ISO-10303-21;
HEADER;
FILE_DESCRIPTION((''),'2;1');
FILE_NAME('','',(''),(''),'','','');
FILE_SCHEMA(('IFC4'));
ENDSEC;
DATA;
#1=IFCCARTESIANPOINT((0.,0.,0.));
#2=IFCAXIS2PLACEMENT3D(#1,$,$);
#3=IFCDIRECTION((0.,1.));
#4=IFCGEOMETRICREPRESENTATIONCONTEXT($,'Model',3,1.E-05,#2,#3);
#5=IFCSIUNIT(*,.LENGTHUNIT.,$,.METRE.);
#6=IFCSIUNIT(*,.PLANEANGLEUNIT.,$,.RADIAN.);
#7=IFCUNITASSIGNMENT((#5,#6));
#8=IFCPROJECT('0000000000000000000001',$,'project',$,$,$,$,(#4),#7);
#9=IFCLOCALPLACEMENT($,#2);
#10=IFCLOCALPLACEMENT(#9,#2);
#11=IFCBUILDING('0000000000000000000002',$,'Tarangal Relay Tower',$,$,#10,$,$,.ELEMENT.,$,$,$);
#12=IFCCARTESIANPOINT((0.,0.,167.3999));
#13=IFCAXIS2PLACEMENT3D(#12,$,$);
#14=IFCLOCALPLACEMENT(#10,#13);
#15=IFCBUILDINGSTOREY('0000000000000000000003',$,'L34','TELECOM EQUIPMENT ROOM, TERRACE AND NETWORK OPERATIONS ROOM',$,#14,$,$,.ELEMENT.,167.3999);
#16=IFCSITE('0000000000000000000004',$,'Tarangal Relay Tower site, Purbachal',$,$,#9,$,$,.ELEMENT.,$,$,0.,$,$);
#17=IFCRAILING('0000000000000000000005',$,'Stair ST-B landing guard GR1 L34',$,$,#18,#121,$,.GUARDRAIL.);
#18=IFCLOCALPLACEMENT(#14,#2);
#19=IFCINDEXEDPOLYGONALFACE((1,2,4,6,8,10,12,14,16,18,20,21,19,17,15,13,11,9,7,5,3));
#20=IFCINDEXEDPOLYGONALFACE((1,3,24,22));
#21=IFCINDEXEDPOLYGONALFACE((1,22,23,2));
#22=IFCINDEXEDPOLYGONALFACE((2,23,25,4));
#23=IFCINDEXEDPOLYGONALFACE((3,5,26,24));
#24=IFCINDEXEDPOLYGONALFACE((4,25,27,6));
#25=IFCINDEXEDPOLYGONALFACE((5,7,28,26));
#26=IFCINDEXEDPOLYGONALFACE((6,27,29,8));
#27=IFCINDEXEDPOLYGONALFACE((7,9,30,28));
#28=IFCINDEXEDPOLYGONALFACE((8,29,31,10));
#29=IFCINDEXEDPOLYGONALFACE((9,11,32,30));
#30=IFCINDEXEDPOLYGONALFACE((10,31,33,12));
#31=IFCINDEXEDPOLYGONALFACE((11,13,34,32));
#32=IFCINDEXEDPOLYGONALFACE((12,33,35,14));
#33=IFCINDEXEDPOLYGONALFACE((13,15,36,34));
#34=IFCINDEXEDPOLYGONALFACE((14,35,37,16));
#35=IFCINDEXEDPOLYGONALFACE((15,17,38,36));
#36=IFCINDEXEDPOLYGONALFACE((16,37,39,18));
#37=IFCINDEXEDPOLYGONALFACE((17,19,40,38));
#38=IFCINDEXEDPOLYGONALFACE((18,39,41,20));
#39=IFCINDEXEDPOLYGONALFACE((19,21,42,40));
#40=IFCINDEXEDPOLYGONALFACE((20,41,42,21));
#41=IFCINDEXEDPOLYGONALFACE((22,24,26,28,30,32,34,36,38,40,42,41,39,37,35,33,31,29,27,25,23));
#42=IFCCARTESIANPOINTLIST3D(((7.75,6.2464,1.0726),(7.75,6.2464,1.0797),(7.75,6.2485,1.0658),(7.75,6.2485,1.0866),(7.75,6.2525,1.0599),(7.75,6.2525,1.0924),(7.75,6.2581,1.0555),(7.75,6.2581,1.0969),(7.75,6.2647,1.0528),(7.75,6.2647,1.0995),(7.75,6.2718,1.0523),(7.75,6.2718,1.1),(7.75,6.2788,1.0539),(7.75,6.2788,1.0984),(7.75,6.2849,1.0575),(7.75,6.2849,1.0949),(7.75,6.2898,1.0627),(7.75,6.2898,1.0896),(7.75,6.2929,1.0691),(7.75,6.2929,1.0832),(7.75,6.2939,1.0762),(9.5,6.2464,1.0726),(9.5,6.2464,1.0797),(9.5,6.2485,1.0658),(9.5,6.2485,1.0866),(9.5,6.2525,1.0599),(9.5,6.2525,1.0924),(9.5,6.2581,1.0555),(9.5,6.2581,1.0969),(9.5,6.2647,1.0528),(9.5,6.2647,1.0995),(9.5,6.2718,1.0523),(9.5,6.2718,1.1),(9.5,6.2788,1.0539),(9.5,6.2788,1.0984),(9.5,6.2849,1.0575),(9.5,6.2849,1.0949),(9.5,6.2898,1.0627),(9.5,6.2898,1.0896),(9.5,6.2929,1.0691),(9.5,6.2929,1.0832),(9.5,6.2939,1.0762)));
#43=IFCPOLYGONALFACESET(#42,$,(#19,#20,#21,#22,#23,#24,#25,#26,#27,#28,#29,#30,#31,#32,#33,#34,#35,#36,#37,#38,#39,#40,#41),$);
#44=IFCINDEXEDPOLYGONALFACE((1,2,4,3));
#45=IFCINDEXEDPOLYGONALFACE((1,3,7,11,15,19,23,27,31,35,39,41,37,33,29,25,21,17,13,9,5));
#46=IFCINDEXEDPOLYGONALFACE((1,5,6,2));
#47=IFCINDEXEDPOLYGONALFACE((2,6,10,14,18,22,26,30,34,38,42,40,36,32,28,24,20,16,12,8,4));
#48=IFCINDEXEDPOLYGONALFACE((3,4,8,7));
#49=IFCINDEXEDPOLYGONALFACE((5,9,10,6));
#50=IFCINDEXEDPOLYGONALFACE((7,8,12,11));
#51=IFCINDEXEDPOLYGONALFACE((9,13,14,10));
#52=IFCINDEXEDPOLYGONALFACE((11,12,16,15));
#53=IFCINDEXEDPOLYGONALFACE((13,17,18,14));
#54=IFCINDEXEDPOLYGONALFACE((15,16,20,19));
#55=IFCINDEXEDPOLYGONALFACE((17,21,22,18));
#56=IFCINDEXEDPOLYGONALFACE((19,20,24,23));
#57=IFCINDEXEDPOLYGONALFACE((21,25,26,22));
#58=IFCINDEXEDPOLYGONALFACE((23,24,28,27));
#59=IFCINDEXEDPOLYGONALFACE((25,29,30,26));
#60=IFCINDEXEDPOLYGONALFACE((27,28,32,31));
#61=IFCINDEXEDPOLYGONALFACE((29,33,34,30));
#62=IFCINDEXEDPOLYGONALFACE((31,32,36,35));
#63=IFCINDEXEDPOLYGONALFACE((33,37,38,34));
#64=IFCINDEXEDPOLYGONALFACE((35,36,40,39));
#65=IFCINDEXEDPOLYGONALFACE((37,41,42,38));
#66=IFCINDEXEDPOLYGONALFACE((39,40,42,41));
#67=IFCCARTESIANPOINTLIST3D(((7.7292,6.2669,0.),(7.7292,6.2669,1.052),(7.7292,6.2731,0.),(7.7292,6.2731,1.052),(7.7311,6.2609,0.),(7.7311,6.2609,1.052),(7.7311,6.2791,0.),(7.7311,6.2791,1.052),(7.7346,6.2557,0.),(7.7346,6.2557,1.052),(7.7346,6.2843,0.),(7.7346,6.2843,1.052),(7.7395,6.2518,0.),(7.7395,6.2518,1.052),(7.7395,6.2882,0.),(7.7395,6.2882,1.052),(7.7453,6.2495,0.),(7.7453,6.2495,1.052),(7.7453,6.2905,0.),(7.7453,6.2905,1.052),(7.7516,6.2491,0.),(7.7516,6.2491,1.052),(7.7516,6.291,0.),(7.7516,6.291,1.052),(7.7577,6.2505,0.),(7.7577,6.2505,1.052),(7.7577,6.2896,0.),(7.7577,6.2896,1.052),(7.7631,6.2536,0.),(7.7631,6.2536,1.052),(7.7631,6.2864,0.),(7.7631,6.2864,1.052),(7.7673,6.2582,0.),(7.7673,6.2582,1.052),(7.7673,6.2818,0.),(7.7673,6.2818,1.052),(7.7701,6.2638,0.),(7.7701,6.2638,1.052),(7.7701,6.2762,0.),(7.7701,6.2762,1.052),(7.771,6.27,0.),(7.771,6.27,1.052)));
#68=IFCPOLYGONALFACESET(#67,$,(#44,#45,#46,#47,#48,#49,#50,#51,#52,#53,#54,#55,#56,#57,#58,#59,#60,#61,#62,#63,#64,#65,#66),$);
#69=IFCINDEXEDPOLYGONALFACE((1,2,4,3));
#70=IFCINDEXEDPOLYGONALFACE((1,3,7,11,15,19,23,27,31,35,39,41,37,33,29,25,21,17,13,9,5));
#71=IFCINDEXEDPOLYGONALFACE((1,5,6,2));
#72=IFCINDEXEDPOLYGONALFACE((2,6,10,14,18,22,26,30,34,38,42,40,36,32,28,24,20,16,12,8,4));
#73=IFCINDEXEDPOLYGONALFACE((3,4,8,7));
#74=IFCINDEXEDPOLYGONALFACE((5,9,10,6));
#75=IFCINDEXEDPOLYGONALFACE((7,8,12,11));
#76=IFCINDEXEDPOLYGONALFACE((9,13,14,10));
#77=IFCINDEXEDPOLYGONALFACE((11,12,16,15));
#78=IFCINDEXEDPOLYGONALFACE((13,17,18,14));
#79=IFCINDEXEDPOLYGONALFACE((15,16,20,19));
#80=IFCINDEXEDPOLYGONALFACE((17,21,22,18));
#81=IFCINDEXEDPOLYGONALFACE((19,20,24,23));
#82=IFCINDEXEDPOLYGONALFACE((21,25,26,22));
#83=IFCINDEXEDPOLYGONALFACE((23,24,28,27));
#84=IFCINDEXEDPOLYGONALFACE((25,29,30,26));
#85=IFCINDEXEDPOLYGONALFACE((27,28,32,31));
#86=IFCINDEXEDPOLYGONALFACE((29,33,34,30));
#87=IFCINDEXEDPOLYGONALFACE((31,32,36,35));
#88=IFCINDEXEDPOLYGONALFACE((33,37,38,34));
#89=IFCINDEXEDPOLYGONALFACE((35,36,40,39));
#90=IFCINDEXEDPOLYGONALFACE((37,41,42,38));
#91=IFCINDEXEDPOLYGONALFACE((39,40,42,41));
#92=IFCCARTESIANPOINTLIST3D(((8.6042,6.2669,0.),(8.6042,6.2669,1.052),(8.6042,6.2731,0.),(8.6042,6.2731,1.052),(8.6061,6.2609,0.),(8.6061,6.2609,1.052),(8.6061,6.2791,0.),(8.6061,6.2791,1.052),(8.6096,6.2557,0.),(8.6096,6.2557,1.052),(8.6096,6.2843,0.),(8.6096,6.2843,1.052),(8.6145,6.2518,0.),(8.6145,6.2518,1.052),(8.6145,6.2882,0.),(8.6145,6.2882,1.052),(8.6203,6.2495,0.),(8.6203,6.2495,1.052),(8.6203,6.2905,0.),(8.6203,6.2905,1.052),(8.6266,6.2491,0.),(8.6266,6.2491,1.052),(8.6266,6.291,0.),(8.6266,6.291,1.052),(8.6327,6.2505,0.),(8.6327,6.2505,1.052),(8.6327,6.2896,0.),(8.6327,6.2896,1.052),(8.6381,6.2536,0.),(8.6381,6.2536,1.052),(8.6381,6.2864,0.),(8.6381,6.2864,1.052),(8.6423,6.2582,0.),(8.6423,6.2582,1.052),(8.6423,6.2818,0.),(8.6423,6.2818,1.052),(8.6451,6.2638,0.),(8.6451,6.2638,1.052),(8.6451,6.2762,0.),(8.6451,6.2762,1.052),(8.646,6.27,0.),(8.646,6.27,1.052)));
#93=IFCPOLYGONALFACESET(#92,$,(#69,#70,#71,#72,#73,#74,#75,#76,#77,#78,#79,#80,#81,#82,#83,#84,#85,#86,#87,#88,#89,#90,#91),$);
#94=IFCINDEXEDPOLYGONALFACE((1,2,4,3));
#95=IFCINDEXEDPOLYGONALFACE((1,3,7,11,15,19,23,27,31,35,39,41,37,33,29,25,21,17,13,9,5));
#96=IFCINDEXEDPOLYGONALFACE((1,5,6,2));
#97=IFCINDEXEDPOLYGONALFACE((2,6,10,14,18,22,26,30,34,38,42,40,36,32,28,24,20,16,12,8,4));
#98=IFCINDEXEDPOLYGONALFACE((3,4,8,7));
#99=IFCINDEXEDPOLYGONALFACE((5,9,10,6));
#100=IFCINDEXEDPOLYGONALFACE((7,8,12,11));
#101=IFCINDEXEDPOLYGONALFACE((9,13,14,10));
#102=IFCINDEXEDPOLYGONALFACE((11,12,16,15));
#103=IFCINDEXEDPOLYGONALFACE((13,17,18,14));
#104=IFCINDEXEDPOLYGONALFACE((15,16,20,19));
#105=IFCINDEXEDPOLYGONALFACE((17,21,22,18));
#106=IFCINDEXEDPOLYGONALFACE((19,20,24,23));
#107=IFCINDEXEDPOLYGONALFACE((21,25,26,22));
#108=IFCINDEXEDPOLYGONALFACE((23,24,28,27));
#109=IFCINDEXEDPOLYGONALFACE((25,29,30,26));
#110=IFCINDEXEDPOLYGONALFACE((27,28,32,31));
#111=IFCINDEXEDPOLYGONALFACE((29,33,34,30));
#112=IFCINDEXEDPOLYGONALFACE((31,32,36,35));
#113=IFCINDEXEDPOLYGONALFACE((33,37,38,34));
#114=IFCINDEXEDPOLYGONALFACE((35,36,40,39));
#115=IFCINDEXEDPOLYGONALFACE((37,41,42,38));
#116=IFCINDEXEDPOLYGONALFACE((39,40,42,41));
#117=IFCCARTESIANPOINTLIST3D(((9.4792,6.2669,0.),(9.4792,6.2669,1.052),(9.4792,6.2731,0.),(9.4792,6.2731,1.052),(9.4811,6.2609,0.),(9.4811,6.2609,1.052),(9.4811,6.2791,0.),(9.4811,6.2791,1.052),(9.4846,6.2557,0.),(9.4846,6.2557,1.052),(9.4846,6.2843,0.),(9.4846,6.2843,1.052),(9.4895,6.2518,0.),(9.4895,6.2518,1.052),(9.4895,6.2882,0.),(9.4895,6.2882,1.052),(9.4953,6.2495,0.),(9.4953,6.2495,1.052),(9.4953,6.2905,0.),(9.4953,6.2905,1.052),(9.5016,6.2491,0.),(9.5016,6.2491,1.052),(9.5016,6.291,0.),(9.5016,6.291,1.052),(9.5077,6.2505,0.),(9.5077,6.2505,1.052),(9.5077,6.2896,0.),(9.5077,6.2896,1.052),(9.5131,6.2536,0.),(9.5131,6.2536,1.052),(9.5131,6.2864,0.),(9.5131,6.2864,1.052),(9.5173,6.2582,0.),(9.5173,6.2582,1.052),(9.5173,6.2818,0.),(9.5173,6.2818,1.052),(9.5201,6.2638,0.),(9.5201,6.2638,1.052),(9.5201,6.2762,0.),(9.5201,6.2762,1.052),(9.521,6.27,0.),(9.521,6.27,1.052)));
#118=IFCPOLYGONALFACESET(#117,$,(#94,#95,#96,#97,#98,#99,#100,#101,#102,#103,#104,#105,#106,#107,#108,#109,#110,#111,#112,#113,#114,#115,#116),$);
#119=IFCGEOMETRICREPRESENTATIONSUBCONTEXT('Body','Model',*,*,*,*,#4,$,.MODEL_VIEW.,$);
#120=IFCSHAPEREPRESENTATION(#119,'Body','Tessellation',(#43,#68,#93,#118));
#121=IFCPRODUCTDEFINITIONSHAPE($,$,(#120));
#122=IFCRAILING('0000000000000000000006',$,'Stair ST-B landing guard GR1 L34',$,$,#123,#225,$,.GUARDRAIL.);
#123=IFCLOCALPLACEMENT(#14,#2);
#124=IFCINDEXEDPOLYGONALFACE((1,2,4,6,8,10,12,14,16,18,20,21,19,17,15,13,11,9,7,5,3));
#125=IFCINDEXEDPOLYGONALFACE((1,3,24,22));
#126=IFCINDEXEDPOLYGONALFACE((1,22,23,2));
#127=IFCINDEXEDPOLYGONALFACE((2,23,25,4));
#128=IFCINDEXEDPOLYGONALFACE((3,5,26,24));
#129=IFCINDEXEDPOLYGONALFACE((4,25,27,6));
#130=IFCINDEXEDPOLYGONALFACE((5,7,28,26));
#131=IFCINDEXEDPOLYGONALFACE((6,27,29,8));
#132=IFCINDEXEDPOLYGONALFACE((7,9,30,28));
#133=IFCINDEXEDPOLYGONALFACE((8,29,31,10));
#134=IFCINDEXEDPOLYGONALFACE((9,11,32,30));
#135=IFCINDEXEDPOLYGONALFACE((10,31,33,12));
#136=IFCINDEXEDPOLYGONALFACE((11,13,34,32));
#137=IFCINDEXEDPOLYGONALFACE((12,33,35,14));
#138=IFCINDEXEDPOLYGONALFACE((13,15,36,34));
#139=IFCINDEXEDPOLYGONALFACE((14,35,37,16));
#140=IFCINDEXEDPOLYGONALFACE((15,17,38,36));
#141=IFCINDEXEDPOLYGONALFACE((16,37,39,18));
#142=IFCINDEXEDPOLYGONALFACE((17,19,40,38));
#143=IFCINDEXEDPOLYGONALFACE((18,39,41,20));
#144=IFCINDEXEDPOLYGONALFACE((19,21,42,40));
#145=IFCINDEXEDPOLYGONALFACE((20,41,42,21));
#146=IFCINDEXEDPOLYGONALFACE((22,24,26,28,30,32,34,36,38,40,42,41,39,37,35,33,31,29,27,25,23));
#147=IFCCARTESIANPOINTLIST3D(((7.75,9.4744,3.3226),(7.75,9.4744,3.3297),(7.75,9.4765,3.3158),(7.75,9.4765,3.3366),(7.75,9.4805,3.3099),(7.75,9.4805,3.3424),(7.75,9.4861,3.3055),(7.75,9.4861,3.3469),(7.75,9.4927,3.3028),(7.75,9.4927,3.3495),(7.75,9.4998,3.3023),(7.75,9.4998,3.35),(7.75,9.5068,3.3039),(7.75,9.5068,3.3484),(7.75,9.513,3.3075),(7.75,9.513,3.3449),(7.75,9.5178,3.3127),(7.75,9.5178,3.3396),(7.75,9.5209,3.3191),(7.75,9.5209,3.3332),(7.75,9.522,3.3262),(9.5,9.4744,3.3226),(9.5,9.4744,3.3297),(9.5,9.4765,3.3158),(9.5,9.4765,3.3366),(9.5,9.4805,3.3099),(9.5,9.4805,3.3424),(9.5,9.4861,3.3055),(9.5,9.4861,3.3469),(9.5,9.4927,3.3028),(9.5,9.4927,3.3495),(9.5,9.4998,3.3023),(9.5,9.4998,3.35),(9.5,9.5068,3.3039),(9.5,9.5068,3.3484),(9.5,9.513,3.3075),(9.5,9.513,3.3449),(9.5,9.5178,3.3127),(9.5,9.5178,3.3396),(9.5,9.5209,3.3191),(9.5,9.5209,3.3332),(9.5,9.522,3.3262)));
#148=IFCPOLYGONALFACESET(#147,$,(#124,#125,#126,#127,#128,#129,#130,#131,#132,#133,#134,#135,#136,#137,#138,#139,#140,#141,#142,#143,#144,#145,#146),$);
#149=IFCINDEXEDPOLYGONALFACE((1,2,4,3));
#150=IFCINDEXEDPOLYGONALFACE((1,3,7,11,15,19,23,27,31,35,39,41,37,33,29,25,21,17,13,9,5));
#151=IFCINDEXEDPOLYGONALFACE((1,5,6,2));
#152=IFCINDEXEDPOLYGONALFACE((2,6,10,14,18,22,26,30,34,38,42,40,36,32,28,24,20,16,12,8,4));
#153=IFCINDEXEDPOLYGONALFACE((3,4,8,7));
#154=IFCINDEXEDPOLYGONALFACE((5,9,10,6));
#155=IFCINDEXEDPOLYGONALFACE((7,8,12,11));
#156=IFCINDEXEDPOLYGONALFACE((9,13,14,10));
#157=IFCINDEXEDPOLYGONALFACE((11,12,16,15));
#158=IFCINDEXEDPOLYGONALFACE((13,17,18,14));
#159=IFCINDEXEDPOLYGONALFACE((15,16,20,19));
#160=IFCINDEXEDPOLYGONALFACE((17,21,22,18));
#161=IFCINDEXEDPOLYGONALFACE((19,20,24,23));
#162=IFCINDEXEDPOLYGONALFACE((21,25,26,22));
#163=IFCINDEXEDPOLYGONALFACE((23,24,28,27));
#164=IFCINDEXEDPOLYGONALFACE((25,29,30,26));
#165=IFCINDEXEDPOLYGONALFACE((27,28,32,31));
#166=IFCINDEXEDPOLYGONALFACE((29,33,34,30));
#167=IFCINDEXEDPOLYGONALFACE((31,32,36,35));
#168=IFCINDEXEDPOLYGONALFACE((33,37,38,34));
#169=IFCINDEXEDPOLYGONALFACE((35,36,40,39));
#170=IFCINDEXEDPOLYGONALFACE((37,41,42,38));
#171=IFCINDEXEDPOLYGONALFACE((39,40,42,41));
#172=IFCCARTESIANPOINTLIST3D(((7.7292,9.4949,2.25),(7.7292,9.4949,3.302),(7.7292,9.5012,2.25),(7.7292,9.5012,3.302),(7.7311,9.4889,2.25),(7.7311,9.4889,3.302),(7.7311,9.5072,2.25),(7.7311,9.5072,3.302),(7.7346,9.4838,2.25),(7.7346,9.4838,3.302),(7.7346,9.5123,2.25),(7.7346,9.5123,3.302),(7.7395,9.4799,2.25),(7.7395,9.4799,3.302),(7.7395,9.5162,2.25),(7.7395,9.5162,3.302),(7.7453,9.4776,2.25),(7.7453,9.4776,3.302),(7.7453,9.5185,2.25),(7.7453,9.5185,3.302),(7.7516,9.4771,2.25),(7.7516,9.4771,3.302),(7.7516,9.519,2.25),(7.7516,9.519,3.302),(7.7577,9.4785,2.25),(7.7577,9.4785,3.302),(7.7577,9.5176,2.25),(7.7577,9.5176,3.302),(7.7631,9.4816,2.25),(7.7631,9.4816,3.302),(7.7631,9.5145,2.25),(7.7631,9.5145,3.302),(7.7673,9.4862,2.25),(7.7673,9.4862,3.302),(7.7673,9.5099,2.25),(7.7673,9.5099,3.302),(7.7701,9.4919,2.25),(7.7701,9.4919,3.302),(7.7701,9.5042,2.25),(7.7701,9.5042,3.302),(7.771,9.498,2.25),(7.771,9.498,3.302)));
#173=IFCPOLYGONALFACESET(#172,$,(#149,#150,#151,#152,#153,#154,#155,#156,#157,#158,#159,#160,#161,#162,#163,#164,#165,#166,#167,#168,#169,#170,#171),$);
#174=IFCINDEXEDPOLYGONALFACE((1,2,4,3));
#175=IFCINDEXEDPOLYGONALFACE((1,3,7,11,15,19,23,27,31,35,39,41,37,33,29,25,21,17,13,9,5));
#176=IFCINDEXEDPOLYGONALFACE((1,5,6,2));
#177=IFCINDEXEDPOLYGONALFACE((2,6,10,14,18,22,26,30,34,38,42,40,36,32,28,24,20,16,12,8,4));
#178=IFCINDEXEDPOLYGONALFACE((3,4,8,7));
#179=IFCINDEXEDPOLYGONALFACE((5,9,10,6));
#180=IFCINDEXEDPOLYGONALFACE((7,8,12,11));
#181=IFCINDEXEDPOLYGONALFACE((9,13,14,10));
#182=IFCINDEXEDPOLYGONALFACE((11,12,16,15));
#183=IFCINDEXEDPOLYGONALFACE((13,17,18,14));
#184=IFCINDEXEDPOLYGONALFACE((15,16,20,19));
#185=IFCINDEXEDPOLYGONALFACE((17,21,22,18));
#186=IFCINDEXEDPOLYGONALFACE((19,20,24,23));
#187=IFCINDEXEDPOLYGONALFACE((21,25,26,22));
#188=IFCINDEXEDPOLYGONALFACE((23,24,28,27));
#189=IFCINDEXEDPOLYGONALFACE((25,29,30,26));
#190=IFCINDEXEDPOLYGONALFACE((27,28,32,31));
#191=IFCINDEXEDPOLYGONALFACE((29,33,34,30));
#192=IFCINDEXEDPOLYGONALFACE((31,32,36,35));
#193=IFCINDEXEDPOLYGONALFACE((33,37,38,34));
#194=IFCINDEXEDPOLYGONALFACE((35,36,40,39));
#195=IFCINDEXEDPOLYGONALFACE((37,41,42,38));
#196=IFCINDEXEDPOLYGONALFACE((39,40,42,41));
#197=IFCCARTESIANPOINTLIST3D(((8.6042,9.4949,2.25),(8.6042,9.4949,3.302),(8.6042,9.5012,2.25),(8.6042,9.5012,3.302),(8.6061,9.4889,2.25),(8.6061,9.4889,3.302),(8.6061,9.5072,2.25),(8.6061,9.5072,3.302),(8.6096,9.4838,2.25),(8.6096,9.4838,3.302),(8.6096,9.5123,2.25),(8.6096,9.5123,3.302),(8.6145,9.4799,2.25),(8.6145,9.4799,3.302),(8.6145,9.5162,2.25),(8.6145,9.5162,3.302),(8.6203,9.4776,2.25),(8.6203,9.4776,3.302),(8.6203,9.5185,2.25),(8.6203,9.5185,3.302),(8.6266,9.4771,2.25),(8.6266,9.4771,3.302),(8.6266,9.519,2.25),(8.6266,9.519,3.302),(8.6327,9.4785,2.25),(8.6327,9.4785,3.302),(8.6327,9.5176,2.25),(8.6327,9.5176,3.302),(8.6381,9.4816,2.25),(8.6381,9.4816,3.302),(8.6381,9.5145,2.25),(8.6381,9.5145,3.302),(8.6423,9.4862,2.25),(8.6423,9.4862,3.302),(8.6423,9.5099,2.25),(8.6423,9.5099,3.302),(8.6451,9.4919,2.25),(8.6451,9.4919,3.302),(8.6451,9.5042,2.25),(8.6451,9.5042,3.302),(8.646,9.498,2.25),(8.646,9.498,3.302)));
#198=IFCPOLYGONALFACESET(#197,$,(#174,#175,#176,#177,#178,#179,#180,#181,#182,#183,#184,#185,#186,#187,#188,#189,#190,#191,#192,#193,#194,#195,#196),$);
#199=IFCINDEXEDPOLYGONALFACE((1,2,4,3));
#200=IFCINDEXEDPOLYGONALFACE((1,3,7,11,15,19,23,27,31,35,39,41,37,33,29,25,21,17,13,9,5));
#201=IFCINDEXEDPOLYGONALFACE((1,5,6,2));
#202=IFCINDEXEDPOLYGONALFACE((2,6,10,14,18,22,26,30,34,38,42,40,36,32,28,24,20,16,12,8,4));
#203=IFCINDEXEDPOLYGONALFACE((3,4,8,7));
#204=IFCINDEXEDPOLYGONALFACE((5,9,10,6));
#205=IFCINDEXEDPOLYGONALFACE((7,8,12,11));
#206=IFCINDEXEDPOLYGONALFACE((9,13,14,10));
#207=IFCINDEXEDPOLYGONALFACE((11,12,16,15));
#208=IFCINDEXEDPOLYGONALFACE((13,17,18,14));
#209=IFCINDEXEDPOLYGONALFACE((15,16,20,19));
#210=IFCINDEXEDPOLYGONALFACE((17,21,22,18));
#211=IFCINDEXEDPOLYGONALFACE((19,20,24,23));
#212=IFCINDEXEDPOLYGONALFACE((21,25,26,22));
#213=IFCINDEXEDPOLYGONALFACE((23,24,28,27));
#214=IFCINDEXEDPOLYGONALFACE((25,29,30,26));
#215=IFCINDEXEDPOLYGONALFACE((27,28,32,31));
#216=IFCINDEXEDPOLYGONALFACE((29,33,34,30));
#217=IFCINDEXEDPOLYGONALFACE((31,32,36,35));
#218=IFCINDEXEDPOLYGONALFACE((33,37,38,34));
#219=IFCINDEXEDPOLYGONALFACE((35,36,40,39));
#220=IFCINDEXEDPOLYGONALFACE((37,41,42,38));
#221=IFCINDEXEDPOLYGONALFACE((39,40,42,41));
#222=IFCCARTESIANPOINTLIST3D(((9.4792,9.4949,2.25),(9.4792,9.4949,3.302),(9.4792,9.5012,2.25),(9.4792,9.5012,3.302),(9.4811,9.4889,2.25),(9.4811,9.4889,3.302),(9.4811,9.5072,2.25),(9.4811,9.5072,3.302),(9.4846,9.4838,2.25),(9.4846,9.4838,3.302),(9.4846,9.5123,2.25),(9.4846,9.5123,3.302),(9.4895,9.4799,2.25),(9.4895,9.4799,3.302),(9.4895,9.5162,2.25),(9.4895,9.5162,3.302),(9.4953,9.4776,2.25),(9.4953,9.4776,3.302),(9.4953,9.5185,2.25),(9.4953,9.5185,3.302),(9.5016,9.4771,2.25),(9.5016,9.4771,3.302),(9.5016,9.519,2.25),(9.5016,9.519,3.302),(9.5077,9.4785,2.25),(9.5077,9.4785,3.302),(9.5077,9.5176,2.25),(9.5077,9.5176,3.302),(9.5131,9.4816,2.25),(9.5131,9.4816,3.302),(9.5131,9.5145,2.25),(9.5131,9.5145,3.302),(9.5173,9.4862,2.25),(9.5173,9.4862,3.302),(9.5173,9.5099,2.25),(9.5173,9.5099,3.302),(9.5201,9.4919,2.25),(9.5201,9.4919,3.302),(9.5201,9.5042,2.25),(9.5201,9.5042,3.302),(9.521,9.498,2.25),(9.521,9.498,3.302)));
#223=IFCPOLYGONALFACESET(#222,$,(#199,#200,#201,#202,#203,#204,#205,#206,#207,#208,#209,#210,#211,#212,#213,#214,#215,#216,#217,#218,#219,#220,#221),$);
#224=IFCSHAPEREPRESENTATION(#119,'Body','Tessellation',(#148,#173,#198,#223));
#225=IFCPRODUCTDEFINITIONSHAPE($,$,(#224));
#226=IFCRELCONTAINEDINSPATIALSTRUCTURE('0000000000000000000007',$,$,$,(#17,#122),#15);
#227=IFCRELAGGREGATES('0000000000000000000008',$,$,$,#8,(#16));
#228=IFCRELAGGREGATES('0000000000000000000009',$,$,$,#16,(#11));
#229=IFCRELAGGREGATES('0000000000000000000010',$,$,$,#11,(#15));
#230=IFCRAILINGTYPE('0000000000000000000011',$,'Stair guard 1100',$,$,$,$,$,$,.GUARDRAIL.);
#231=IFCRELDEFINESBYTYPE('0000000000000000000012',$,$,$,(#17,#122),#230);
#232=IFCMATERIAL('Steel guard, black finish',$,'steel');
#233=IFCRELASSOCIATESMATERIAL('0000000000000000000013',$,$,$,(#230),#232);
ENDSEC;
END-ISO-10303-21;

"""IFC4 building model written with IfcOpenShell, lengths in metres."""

from ifc_helpers import new_model, si_unit, direction, frame, origin, origin_2d, place, context, subcontext, project, spatial, circle, extrude, material, type_object, element, save


model = new_model("IFC4")

# Units and contexts
model_context = context("Model", 3, precision=1e-05, world=origin(), true_north=direction((0.0, 1.0)))
body_context = subcontext(model_context, "Body", "Model", "MODEL_VIEW")
ifc_project = project(units=[si_unit("LENGTHUNIT", "METRE"), si_unit("PLANEANGLEUNIT", "RADIAN")], contexts=[model_context])

# Site, building, storey
site_placement = place(None, origin())
site = spatial("IfcSite", under=ifc_project, at=site_placement, Name="Tarangal Relay Tower site, Purbachal", CompositionType="ELEMENT", RefElevation=0.0)
building_placement = place(site_placement, origin())
building = spatial("IfcBuilding", under=site, at=building_placement, Name="Tarangal Relay Tower", CompositionType="ELEMENT")
storey_placement = place(building_placement, frame((0.0, 0.0, 167.3999)))
storey = spatial("IfcBuildingStorey", under=building, at=storey_placement, Name="L34", Description="TELECOM EQUIPMENT ROOM, TERRACE AND NETWORK OPERATIONS ROOM", CompositionType="ELEMENT", Elevation=167.3999)

# Railings
ifc_material_1 = material(Name="Steel guard, black finish", Category="steel")
railing_type_1 = type_object("IfcRailingType", Name="Stair guard 1100", PredefinedType="GUARDRAIL", material=ifc_material_1)
for number, where, name in (
    (1, (7.75, 6.27, 0.0), "Stair ST-B landing guard GR1 L34"),
    (2, (7.75, 9.498, 2.25), "Stair ST-B landing guard GR1 L34"),
):
    element("IfcRailing", number, at=place(storey_placement, frame(where)), inside=storey, type_object=railing_type_1, Name=name, PredefinedType="GUARDRAIL", context=body_context, shape_type="SweptSolid", body=[
        extrude(circle(Radius=0.0239, at=origin_2d()), frame((0.0, 0.0, 1.0762), z_axis=(1.0, 0.0, 0.0), x_axis=(0.0, 1.0, 0.0)), (0.0, 0.0, 1.0), 1.75),
        extrude(circle(Radius=0.021, at=origin_2d()), origin(), (0.0, 0.0, 1.0), 1.052),
        extrude(circle(Radius=0.021, at=origin_2d()), frame((0.875, 0.0, 0.0)), (0.0, 0.0, 1.0), 1.052),
        extrude(circle(Radius=0.021, at=origin_2d()), frame((1.75, 0.0, 0.0)), (0.0, 0.0, 1.0), 1.052),
    ])

save(model, "model.ifc")
